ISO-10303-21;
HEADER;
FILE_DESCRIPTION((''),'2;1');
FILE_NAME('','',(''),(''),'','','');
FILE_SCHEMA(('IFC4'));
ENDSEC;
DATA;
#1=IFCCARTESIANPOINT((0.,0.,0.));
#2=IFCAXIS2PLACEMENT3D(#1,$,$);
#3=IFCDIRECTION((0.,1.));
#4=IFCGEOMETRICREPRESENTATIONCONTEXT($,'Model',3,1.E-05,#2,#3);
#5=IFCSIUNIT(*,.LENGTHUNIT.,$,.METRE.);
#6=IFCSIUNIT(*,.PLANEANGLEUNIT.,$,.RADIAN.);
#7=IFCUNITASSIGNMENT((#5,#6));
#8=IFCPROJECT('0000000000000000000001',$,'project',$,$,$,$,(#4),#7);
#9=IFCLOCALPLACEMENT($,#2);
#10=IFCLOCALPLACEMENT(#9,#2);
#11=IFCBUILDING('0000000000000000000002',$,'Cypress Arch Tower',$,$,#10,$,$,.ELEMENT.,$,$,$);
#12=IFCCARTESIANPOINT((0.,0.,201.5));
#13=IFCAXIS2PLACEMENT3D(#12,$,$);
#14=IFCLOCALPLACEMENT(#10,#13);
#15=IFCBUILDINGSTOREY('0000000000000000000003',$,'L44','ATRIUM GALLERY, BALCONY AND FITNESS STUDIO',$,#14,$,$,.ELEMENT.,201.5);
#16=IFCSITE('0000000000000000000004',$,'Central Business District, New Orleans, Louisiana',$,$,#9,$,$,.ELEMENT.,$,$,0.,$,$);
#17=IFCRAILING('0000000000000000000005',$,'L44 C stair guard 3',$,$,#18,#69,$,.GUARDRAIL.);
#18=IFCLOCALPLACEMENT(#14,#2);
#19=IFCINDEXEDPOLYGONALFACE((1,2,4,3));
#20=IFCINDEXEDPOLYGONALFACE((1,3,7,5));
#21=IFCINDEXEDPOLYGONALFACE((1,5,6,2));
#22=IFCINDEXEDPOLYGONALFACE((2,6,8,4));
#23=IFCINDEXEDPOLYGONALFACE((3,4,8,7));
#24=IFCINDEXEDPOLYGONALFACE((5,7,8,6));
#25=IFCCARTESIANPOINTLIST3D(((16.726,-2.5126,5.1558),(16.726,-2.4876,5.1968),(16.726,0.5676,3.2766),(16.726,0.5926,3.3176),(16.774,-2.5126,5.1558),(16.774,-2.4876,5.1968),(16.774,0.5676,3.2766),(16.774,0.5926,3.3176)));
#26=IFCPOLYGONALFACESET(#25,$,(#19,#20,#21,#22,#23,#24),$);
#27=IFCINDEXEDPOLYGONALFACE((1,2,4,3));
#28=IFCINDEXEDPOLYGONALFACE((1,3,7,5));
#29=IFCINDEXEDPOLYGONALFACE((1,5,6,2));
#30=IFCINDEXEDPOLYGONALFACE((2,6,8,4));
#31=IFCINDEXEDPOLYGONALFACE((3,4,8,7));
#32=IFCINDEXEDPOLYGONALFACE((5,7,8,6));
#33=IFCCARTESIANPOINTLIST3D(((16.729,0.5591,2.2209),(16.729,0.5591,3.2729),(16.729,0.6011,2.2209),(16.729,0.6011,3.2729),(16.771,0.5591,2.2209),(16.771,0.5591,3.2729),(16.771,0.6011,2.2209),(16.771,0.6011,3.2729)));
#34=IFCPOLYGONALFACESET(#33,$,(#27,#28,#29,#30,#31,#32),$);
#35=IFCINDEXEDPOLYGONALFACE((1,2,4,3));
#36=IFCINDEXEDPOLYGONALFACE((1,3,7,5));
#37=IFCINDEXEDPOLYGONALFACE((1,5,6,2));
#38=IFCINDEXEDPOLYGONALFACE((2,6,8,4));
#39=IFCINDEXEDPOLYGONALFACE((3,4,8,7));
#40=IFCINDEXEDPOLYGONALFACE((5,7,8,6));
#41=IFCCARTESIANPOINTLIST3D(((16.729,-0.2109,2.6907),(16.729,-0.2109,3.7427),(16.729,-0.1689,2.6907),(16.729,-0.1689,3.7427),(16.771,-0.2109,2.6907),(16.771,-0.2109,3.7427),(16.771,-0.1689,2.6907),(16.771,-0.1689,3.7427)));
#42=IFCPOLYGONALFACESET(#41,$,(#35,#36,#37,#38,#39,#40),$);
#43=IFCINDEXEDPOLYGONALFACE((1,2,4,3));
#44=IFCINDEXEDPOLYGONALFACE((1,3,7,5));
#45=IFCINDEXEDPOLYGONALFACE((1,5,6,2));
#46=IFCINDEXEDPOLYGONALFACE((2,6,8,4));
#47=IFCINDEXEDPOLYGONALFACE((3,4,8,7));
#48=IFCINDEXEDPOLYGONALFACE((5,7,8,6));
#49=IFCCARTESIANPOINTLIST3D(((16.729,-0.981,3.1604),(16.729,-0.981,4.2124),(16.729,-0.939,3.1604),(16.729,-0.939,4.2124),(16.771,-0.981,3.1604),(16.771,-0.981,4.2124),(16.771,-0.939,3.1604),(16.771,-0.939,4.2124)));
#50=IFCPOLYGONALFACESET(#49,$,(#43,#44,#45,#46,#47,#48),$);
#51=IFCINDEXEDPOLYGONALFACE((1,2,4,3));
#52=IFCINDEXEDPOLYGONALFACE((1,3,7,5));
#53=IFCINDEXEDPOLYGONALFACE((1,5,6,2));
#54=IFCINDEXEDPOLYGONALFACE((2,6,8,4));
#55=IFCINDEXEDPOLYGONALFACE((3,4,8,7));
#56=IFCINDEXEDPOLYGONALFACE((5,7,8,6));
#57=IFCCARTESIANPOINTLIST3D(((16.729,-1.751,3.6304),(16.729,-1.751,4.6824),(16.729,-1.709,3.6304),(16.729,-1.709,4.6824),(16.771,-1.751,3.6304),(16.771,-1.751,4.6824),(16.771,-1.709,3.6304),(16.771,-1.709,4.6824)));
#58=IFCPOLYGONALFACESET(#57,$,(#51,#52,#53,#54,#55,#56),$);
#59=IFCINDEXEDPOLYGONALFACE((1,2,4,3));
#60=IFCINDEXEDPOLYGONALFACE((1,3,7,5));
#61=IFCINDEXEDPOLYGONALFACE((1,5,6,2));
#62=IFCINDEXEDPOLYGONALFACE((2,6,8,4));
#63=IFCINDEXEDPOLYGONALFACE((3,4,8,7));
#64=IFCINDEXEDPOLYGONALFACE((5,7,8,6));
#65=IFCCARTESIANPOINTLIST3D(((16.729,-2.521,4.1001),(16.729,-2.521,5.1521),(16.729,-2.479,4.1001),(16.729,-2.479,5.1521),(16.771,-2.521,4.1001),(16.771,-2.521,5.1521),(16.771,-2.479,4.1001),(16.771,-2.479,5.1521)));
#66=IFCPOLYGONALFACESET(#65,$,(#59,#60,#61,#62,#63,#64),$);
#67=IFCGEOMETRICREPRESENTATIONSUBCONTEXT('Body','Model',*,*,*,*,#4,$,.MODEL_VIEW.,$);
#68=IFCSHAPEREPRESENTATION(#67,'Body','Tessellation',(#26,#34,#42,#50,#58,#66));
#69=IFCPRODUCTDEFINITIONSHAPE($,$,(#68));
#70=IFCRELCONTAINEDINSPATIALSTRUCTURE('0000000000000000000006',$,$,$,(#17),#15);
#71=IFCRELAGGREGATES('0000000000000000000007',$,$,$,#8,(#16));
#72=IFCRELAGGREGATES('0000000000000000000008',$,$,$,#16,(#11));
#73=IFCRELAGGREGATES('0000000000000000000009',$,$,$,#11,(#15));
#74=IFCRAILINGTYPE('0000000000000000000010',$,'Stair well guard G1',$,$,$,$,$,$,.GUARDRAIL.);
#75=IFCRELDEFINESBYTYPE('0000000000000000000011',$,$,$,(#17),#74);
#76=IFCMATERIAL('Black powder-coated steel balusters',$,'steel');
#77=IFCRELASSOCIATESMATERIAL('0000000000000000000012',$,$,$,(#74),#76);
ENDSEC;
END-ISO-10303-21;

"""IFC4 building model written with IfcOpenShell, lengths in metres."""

from ifc_helpers import new_model, si_unit, direction, frame, origin, origin_2d, place, context, subcontext, project, spatial, rectangle, extrude, material, type_object, element, save


model = new_model("IFC4")

# Units and contexts
model_context = context("Model", 3, precision=1e-05, world=origin(), true_north=direction((0.0, 1.0)))
body_context = subcontext(model_context, "Body", "Model", "MODEL_VIEW")
ifc_project = project(units=[si_unit("LENGTHUNIT", "METRE"), si_unit("PLANEANGLEUNIT", "RADIAN")], contexts=[model_context])

# Site, building, storey
site_placement = place(None, origin())
site = spatial("IfcSite", under=ifc_project, at=site_placement, Name="Central Business District, New Orleans, Louisiana", CompositionType="ELEMENT", RefElevation=0.0)
building_placement = place(site_placement, origin())
building = spatial("IfcBuilding", under=site, at=building_placement, Name="Cypress Arch Tower", CompositionType="ELEMENT")
storey_placement = place(building_placement, frame((0.0, 0.0, 201.5)))
storey = spatial("IfcBuildingStorey", under=building, at=storey_placement, Name="L44", Description="ATRIUM GALLERY, BALCONY AND FITNESS STUDIO", CompositionType="ELEMENT", Elevation=201.5)

# Railing
ifc_material_1 = material(Name="Black powder-coated steel balusters", Category="steel")
railing_type_1 = type_object("IfcRailingType", Name="Stair well guard G1", PredefinedType="GUARDRAIL", material=ifc_material_1)
railing_1_placement = place(storey_placement, frame((16.75, 0.5801, 2.2209)))
element("IfcRailing", 1, at=railing_1_placement, inside=storey, type_object=railing_type_1, Name="L44 C stair guard 3", PredefinedType="GUARDRAIL", context=body_context, shape_type="SweptSolid", body=[
    extrude(rectangle(XDim=0.0481, YDim=0.0481, at=origin_2d()), frame((0.0, 0.0, 1.0762), z_axis=(0.0, -0.853666, 0.52082), x_axis=(1.0, 0.0, 0.0)), (0.0, 0.0, 1.0), 3.6082),
    extrude(rectangle(XDim=0.042, YDim=0.042, at=origin_2d()), origin(), (0.0, 0.0, 1.0), 1.052),
    extrude(rectangle(XDim=0.042, YDim=0.042, at=origin_2d()), frame((0.0, -0.77, 0.4697)), (0.0, 0.0, 1.0), 1.052),
    extrude(rectangle(XDim=0.042, YDim=0.042, at=origin_2d()), frame((0.0, -1.54, 0.9395)), (0.0, 0.0, 1.0), 1.052),
    extrude(rectangle(XDim=0.042, YDim=0.042, at=origin_2d()), frame((0.0, -2.3101, 1.4094)), (0.0, 0.0, 1.0), 1.052),
    extrude(rectangle(XDim=0.042, YDim=0.042, at=origin_2d()), frame((0.0, -3.0801, 1.8792)), (0.0, 0.0, 1.0), 1.052),
])

save(model, "model.ifc")
